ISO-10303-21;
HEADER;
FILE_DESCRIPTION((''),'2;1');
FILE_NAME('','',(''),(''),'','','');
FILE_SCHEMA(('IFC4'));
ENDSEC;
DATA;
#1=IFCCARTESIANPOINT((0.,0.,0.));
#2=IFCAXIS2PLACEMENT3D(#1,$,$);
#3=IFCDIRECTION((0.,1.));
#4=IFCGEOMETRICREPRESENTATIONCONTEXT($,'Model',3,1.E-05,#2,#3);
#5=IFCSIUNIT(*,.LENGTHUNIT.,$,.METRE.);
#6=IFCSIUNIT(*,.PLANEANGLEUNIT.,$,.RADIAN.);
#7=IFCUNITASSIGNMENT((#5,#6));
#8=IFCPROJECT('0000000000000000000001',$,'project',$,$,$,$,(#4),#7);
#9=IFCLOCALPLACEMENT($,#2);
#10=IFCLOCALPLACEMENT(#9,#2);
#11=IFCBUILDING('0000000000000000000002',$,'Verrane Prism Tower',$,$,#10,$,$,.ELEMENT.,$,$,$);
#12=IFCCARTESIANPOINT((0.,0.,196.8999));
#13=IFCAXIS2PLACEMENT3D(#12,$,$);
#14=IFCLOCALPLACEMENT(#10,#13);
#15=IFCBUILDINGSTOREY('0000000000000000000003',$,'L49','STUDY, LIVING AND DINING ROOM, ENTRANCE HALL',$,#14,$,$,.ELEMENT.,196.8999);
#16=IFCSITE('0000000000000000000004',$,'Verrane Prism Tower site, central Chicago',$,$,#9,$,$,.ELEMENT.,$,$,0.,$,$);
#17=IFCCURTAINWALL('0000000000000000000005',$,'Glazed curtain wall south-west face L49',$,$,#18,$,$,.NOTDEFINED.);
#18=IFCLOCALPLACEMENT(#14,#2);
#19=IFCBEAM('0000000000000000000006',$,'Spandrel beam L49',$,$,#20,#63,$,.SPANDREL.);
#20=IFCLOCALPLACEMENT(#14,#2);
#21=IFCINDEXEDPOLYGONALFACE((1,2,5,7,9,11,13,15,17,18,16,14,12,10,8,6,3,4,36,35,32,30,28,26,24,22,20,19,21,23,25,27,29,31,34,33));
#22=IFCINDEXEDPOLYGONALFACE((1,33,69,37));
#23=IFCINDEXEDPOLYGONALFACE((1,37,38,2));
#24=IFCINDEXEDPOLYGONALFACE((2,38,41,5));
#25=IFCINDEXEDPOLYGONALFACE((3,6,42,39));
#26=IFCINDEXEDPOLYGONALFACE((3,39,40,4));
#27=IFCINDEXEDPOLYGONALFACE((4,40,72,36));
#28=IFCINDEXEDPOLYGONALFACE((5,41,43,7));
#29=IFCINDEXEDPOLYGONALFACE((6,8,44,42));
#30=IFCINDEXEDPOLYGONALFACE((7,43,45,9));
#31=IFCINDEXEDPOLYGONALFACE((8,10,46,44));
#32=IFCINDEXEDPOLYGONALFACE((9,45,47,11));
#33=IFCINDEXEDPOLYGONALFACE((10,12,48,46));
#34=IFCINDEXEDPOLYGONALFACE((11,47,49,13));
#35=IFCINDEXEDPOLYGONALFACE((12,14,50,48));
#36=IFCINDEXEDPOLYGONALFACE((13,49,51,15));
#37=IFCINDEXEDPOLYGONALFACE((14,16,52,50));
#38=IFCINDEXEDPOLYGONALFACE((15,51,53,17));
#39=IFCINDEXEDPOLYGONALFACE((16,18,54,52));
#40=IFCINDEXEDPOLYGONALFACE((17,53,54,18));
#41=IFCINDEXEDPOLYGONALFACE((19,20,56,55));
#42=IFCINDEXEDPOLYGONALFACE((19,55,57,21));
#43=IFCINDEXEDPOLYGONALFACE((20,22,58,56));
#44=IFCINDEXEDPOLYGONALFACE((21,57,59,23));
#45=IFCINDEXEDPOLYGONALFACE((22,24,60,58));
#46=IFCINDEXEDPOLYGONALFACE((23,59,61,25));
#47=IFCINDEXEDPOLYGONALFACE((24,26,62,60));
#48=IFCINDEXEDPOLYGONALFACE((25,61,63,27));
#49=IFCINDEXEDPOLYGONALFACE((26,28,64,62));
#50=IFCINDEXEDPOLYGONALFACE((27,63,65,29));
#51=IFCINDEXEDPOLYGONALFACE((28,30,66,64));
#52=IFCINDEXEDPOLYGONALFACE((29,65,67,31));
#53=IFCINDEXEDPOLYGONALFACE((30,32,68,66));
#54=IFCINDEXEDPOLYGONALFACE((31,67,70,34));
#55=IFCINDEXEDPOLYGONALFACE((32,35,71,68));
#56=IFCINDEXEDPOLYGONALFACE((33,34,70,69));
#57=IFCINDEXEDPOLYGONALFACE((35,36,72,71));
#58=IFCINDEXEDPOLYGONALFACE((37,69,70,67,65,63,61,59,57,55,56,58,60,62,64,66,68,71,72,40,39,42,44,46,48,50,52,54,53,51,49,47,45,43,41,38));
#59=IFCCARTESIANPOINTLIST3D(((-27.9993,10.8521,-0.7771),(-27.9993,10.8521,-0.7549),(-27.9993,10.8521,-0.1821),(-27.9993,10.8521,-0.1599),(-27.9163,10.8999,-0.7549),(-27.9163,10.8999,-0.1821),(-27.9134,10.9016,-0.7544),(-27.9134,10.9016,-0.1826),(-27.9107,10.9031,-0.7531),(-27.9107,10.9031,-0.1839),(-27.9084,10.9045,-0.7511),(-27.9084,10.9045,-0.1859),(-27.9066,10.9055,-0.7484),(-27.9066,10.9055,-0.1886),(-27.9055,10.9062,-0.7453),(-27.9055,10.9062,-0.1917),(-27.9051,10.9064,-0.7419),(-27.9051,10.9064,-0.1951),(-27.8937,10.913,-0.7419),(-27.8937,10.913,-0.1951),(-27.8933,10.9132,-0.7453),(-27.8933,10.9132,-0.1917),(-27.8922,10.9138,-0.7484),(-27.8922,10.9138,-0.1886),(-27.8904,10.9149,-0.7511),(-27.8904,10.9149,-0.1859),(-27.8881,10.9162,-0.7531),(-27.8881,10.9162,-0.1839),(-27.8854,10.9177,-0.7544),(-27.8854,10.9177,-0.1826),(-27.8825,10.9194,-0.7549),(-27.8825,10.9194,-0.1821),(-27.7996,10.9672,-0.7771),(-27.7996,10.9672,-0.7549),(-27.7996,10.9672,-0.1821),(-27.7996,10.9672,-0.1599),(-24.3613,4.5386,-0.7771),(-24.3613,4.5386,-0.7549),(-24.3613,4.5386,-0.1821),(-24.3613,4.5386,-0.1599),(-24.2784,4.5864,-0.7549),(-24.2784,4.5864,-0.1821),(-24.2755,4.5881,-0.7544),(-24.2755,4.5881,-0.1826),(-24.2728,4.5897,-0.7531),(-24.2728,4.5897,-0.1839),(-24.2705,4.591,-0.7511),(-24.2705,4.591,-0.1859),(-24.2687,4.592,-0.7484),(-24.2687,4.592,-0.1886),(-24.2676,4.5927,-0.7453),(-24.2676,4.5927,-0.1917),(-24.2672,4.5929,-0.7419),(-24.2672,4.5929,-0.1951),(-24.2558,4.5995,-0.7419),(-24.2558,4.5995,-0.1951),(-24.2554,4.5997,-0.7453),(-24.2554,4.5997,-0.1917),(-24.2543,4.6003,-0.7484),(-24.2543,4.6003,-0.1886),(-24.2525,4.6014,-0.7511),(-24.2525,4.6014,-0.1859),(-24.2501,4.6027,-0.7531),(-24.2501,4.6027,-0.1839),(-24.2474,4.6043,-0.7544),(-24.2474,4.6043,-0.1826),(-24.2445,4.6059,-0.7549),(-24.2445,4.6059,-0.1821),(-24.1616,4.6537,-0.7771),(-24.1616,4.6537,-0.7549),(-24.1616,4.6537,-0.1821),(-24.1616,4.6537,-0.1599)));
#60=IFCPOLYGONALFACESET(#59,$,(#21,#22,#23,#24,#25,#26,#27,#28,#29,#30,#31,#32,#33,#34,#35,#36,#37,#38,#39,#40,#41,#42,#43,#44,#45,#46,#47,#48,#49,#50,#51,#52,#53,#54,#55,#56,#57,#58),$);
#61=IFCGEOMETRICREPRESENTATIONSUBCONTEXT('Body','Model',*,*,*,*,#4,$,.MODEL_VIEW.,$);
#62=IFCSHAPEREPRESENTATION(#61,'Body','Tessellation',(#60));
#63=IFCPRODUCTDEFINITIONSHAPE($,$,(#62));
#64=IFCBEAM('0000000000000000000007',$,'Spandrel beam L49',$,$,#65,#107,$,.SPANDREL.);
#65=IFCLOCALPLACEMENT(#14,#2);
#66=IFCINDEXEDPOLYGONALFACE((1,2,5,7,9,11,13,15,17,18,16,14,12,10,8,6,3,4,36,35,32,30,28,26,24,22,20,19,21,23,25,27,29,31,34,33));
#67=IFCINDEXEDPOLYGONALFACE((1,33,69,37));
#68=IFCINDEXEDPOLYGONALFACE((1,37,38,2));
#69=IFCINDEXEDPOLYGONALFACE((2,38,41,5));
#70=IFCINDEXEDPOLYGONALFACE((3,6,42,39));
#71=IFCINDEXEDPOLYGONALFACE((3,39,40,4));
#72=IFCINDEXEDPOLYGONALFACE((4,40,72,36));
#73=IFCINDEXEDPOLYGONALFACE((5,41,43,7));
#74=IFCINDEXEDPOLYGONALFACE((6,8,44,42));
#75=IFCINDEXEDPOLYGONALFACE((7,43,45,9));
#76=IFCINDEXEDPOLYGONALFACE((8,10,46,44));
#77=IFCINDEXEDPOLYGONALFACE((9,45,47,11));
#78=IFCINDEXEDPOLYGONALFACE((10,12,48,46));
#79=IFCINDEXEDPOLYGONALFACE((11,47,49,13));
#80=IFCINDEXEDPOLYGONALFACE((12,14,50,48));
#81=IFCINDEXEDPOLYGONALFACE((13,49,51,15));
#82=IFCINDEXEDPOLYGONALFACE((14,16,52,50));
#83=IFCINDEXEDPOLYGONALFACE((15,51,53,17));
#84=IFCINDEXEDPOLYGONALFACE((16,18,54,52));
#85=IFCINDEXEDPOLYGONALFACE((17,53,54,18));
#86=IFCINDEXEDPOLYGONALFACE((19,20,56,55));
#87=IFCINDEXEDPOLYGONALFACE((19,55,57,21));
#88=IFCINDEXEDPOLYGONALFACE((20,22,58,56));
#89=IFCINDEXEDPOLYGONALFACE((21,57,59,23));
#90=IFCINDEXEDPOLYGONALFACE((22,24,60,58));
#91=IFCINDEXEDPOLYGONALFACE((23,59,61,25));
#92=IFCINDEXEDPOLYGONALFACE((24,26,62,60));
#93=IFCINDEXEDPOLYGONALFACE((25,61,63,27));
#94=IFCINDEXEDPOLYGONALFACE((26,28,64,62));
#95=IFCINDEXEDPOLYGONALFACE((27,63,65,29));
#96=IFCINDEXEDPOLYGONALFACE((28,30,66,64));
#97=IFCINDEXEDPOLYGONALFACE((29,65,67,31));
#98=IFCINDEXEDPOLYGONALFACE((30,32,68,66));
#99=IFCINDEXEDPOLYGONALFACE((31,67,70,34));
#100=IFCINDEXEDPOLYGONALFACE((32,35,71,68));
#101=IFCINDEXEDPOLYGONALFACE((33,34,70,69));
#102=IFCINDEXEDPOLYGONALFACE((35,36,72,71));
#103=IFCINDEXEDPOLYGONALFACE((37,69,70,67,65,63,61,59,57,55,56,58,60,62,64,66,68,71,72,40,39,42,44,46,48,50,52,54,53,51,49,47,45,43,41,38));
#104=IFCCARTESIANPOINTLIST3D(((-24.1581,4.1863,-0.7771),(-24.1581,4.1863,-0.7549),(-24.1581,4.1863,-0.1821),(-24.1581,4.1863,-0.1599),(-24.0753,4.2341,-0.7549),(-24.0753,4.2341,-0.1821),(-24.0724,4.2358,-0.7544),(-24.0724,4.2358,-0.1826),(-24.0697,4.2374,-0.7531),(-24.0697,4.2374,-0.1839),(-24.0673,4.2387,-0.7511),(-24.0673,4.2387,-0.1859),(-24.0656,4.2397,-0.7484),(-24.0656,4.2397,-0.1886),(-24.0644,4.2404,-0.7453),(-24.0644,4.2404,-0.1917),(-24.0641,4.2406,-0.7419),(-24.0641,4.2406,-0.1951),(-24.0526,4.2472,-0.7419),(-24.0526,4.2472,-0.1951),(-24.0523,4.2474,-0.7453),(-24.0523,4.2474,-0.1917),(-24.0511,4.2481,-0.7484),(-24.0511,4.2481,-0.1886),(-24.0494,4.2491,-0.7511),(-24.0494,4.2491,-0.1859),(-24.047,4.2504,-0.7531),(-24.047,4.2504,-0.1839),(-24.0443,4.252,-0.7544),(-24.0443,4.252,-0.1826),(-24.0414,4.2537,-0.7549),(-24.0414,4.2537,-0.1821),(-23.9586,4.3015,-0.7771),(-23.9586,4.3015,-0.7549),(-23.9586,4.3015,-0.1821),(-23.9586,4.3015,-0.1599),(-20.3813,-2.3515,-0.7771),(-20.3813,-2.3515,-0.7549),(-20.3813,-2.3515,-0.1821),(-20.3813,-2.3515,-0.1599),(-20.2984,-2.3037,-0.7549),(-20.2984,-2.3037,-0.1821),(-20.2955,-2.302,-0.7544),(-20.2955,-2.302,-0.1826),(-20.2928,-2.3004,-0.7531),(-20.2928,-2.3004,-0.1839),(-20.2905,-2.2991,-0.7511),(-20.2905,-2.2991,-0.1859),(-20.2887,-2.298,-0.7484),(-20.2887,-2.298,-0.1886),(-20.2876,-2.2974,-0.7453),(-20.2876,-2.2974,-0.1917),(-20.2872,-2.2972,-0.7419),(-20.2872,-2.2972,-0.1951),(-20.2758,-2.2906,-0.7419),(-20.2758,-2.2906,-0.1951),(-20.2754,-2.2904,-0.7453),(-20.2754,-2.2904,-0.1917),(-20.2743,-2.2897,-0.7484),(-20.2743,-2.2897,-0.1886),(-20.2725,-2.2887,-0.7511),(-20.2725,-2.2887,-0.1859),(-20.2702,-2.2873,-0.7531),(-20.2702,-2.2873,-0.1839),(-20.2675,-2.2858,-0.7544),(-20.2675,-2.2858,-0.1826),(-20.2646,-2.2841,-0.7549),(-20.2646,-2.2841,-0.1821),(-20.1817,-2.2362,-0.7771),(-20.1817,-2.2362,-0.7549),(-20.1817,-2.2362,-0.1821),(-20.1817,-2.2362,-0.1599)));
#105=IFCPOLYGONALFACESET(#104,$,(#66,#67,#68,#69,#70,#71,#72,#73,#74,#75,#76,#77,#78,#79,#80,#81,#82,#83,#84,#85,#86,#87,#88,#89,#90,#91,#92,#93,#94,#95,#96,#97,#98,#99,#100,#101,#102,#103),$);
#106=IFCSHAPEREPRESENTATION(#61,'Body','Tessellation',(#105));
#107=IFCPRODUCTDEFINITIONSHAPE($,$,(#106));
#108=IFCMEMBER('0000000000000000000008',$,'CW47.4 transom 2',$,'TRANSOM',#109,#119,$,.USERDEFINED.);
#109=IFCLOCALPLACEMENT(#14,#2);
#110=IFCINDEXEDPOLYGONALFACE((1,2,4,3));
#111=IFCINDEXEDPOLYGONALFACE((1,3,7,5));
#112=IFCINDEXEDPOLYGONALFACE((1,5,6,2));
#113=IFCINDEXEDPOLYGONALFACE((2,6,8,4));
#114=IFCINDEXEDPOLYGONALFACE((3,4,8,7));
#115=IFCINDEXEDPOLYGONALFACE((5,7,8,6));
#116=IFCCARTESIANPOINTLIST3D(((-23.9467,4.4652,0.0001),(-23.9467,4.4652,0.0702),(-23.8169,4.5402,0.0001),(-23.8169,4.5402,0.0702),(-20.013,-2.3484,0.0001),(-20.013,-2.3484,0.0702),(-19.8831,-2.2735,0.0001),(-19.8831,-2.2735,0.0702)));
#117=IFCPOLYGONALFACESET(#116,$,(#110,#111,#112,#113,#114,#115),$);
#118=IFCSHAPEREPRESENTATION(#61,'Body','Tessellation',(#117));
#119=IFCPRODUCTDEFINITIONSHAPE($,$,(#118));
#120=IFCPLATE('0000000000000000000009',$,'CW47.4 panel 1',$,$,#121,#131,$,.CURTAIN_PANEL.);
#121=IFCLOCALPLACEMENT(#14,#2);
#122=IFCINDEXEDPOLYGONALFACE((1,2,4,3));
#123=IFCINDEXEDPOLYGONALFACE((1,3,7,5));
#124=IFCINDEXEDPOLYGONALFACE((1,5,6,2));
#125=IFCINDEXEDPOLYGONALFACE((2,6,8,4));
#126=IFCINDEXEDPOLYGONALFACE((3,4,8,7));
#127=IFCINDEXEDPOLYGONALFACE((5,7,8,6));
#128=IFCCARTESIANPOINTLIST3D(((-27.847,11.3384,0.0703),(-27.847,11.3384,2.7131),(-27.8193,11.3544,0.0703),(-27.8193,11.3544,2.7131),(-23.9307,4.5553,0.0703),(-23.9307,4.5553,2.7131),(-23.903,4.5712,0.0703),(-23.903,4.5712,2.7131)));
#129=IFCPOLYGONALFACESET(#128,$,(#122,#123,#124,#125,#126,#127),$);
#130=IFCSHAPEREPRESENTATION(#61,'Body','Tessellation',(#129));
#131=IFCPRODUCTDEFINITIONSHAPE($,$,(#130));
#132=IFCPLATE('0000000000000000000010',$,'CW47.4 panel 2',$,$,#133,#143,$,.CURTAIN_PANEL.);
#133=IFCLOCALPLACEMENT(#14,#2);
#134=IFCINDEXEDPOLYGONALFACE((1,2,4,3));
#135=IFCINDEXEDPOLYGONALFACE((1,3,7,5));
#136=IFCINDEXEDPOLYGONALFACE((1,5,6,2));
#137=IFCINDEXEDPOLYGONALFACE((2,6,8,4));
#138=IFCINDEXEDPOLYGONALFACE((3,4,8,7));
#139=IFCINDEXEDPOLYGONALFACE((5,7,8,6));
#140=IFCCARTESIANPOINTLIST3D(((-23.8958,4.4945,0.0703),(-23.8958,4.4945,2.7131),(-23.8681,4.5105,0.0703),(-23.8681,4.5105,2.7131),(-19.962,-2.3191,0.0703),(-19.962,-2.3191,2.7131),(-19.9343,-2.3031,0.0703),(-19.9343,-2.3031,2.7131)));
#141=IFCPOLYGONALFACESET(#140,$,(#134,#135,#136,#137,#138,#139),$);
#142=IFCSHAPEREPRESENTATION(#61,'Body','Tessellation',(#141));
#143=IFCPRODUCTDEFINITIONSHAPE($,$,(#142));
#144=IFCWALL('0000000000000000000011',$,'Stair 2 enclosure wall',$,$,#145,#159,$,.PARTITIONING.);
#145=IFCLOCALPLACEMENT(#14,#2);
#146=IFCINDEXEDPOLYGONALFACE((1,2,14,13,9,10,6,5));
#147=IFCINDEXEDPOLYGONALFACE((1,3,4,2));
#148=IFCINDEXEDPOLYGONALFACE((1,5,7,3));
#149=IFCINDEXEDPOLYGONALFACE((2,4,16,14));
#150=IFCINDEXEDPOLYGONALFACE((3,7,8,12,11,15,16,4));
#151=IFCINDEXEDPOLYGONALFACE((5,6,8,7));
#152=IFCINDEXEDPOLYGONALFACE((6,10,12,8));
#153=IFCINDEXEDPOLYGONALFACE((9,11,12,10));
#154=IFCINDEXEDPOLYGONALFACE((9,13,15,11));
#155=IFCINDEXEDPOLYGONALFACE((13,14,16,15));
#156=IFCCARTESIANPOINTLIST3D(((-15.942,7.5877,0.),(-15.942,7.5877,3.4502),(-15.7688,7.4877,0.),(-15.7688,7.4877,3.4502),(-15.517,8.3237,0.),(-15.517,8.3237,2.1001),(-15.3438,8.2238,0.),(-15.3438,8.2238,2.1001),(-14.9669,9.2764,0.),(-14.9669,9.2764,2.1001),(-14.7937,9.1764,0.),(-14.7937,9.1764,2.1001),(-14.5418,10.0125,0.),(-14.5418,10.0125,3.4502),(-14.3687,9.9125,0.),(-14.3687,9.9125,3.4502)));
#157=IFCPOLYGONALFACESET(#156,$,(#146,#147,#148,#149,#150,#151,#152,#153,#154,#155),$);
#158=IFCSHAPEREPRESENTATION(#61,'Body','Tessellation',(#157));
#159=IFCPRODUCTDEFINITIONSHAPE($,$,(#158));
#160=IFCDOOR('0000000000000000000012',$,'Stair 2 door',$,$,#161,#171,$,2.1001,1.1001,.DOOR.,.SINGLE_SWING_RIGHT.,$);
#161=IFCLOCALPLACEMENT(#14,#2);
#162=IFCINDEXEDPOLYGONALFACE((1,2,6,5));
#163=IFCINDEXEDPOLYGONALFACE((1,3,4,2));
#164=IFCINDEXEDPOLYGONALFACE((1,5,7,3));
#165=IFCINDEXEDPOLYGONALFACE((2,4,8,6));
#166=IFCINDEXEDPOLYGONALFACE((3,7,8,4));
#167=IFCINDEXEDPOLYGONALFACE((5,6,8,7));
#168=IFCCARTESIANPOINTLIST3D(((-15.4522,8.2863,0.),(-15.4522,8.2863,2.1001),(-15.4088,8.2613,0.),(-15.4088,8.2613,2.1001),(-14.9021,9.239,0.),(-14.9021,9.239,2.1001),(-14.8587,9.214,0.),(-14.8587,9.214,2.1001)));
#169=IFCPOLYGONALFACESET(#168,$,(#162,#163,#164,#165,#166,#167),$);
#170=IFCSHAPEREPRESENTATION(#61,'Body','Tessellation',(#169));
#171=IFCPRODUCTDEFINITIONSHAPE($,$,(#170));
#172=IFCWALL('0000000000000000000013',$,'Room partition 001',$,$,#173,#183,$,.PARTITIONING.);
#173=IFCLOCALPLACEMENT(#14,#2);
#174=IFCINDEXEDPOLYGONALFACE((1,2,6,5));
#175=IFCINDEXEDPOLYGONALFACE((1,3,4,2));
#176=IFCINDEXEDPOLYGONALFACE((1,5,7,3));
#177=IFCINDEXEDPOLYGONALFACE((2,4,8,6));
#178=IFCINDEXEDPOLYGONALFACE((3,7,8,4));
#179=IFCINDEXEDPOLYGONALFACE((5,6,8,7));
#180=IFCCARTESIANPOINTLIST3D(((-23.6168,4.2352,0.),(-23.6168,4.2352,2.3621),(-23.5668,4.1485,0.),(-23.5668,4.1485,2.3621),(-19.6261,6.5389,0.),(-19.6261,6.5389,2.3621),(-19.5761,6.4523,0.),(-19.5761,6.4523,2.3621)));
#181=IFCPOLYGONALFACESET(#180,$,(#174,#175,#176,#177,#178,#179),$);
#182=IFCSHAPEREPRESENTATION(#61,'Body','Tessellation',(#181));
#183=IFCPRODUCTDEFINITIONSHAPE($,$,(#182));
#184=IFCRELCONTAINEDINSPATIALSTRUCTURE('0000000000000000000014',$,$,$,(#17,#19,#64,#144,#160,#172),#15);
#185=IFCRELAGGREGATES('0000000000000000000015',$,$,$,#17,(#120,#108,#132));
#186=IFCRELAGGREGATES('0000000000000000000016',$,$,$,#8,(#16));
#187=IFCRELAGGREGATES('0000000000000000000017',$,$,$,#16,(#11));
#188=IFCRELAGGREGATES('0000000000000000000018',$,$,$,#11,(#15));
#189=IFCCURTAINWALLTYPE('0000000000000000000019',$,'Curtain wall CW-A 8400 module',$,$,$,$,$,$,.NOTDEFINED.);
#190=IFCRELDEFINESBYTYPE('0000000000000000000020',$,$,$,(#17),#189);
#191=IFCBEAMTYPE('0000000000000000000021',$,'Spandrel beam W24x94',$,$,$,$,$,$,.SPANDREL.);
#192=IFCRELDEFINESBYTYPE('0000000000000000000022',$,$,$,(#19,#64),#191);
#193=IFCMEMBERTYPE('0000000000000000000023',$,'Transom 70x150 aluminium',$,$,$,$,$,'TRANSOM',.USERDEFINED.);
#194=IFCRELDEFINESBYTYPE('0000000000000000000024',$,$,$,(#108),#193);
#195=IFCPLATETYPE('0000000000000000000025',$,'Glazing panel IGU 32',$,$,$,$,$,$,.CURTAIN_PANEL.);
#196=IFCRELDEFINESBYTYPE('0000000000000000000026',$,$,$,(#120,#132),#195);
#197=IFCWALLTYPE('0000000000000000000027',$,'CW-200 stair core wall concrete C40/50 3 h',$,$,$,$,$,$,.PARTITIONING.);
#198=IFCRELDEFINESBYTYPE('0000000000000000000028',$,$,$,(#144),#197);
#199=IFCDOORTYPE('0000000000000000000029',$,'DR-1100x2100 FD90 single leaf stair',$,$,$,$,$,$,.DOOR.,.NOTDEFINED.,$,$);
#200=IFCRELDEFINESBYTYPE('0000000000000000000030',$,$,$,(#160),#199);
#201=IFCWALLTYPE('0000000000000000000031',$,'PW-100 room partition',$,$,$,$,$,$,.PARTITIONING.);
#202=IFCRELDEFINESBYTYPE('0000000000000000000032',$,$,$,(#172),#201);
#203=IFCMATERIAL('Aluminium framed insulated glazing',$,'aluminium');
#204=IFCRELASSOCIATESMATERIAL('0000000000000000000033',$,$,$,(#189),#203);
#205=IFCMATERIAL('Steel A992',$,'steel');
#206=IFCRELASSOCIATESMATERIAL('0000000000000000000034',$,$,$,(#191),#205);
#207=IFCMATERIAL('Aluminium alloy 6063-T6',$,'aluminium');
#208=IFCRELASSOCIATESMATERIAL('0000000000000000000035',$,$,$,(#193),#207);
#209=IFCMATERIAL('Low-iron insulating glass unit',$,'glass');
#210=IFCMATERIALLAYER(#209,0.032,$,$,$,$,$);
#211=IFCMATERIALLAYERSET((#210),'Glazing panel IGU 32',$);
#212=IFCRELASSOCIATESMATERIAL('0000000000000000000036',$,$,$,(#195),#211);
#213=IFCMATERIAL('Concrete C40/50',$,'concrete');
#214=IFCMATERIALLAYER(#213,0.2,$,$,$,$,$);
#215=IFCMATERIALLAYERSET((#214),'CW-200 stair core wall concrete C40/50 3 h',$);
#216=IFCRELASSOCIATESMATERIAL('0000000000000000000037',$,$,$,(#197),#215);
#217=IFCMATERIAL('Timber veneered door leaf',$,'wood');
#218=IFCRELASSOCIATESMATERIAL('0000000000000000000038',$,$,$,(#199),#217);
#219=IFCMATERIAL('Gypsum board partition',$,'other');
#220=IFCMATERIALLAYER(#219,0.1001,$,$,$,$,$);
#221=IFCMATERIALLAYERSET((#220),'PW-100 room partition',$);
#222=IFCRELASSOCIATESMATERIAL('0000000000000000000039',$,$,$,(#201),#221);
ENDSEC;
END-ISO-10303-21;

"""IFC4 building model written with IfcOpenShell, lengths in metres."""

from ifc_helpers import new_model, si_unit, direction, frame, frame_2d, origin, origin_2d, place, context, subcontext, project, spatial, rectangle, i_section, extrude, material, layer, layer_set, material_profile, profile_set, type_object, element, fill, aggregate, save


model = new_model("IFC4")

# Units and contexts
model_context = context("Model", 3, precision=1e-05, world=origin(), true_north=direction((0.0, 1.0)))
body_context = subcontext(model_context, "Body", "Model", "MODEL_VIEW")
ifc_project = project(units=[si_unit("LENGTHUNIT", "METRE"), si_unit("PLANEANGLEUNIT", "RADIAN")], contexts=[model_context])

# Site, building, storey
site_placement = place(None, origin())
site = spatial("IfcSite", under=ifc_project, at=site_placement, Name="Verrane Prism Tower site, central Chicago", CompositionType="ELEMENT", RefElevation=0.0)
building_placement = place(site_placement, origin())
building = spatial("IfcBuilding", under=site, at=building_placement, Name="Verrane Prism Tower", CompositionType="ELEMENT")
storey_placement = place(building_placement, frame((0.0, 0.0, 196.8999)))
storey = spatial("IfcBuildingStorey", under=building, at=storey_placement, Name="L49", Description="STUDY, LIVING AND DINING ROOM, ENTRANCE HALL", CompositionType="ELEMENT", Elevation=196.8999)

# Curtain wall
ifc_material_1 = material(Name="Aluminium framed insulated glazing", Category="aluminium")
curtain_wall_type = type_object("IfcCurtainWallType", Name="Curtain wall CW-A 8400 module", PredefinedType="NOTDEFINED", material=ifc_material_1)
curtain_wall_placement = place(storey_placement, origin())
curtain_wall = element("IfcCurtainWall", 1, at=curtain_wall_placement, inside=storey, type_object=curtain_wall_type, Name="Glazed curtain wall south-west face L49", PredefinedType="NOTDEFINED")

# Beams
ifc_material_2 = material(Name="Steel A992", Category="steel")
ifc_material_profile_1 = material_profile(ifc_material_2, i_section(OverallWidth=0.2305, OverallDepth=0.6172, WebThickness=0.0132, FlangeThickness=0.0222, FilletRadius=0.0129, at=origin_2d()), Name="W24x94")
ifc_profile_set_1 = profile_set([ifc_material_profile_1], Name="Steel A992")
beam_type_1 = type_object("IfcBeamType", Name="Spandrel beam W24x94", PredefinedType="SPANDREL", material=ifc_profile_set_1)
beam_1_placement = place(storey_placement, frame((-27.8994, 10.9097, -0.4685), z_axis=(0.499264, -0.86645, 0.0), x_axis=(0.86645, 0.499264, 0.0)))
element("IfcBeam", 2, at=beam_1_placement, inside=storey, type_object=beam_type_1, Name="Spandrel beam L49", PredefinedType="SPANDREL", context=body_context, shape_type="SweptSolid", body=[
    extrude(i_section(OverallWidth=0.2305, OverallDepth=0.6172, WebThickness=0.0132, FlangeThickness=0.0222, FilletRadius=0.0129, at=origin_2d()), origin(), (0.0, 0.0, 1.0), 7.2866),
])
beam_2_placement = place(storey_placement, frame((-24.0583, 4.2439, -0.4685), z_axis=(0.500222, -0.865897, 0.0), x_axis=(0.865897, 0.500222, 0.0)))
element("IfcBeam", 3, at=beam_2_placement, inside=storey, type_object=beam_type_1, Name="Spandrel beam L49", PredefinedType="SPANDREL", context=body_context, shape_type="SweptSolid", body=[
    extrude(i_section(OverallWidth=0.2305, OverallDepth=0.6172, WebThickness=0.0132, FlangeThickness=0.0222, FilletRadius=0.0129, at=origin_2d()), origin(), (0.0, 0.0, 1.0), 7.5503),
])

# Member
ifc_material_3 = material(Name="Aluminium alloy 6063-T6", Category="aluminium")
ifc_material_profile_2 = material_profile(ifc_material_3, rectangle(XDim=0.1499, YDim=0.0701, at=origin_2d()), Name="Transom 70x150 aluminium")
ifc_profile_set_2 = profile_set([ifc_material_profile_2], Name="Aluminium alloy 6063-T6")
member_type_1 = type_object("IfcMemberType", Name="Transom 70x150 aluminium", ElementType="TRANSOM", PredefinedType="USERDEFINED", material=ifc_profile_set_2)
member_1_placement = place(storey_placement, frame((-23.8818, 4.5027, 0.0352), z_axis=(0.499994, -0.866029, 0.0), x_axis=(0.866029, 0.499994, 0.0)))
member_1 = element("IfcMember", 4, at=member_1_placement, type_object=member_type_1, Name="CW47.4 transom 2", ObjectType="TRANSOM", PredefinedType="USERDEFINED", context=body_context, shape_type="SweptSolid", body=[
    extrude(rectangle(XDim=0.1499, YDim=0.0701, at=origin_2d()), origin(), (0.0, 0.0, 1.0), 7.8677),
])

# Plates
ifc_material_4 = material(Name="Low-iron insulating glass unit", Category="glass")
ifc_layer_1 = layer(ifc_material_4, 0.032)
ifc_layer_set_1 = layer_set([ifc_layer_1], Name="Glazing panel IGU 32")
plate_type = type_object("IfcPlateType", Name="Glazing panel IGU 32", PredefinedType="CURTAIN_PANEL", material=ifc_layer_set_1)
plate_1_placement = place(storey_placement, frame((-25.875, 7.9548, 0.0703), z_axis=(0.0, 0.0, 1.0), x_axis=(0.5, -0.866026, 0.0)))
plate_1 = element("IfcPlate", 5, at=plate_1_placement, type_object=plate_type, Name="CW47.4 panel 1", PredefinedType="CURTAIN_PANEL", context=body_context, shape_type="SweptSolid", body=[
    extrude(rectangle(XDim=7.8325, YDim=0.032, at=origin_2d()), origin(), (0.0, 0.0, 1.0), 2.6428),
])
plate_2_placement = place(storey_placement, frame((-21.915, 1.0957, 0.0703), z_axis=(0.0, 0.0, 1.0), x_axis=(0.5, -0.866026, 0.0)))
plate_2 = element("IfcPlate", 6, at=plate_2_placement, type_object=plate_type, Name="CW47.4 panel 2", PredefinedType="CURTAIN_PANEL", context=body_context, shape_type="SweptSolid", body=[
    extrude(rectangle(XDim=7.8677, YDim=0.032, at=origin_2d()), origin(), (0.0, 0.0, 1.0), 2.6428),
])
aggregate(curtain_wall, [plate_1, member_1, plate_2])

# Wall, opening, door
ifc_material_5 = material(Name="Concrete C40/50", Category="concrete")
ifc_layer_2 = layer(ifc_material_5, 0.2)
ifc_layer_set_2 = layer_set([ifc_layer_2], Name="CW-200 stair core wall concrete C40/50 3 h")
wall_type_1 = type_object("IfcWallType", Name="CW-200 stair core wall concrete C40/50 3 h", PredefinedType="PARTITIONING", material=ifc_layer_set_2)
wall_1_placement = place(storey_placement, frame((-14.4553, 9.9624, 0.0), z_axis=(0.0, 0.0, 1.0), x_axis=(-0.50005, -0.865997, 0.0)))
wall_1 = element("IfcWall", 7, at=wall_1_placement, inside=storey, type_object=wall_type_1, Name="Stair 2 enclosure wall", PredefinedType="PARTITIONING", context=body_context, shape_type="SweptSolid", body=[
    extrude(rectangle(XDim=2.8, YDim=0.2, at=frame_2d((1.3999, 0.0))), origin(), (0.0, 0.0, 1.0), 3.4502),
])
opening_1_placement = place(wall_1_placement, frame((0.8499, 0.0, 0.0)))
opening_1 = element("IfcOpeningElement", 8, at=opening_1_placement, cuts=wall_1, PredefinedType="OPENING", context=body_context, shape_type="SweptSolid", body=[
    extrude(rectangle(XDim=1.1001, YDim=2.1001, at=frame_2d((0.55, 1.05))), frame((0.0, 0.1099, 0.0), z_axis=(0.0, -1.0, 0.0), x_axis=(1.0, 0.0, 0.0)), (0.0, 0.0, 1.0), 0.22),
])
ifc_material_6 = material(Name="Timber veneered door leaf", Category="wood")
door_type_1 = type_object("IfcDoorType", Name="DR-1100x2100 FD90 single leaf stair", OperationType="NOTDEFINED", PredefinedType="DOOR", material=ifc_material_6)
door_1_placement = place(opening_1_placement, origin())
door_1 = element("IfcDoor", 9, at=door_1_placement, inside=storey, type_object=door_type_1, Name="Stair 2 door", OperationType="SINGLE_SWING_RIGHT", OverallHeight=2.1001, OverallWidth=1.1001, PredefinedType="DOOR", context=body_context, shape_type="SweptSolid", body=[
    extrude(rectangle(XDim=1.1001, YDim=2.1001, at=frame_2d((0.55, 1.05))), frame((0.0, 0.0249, 0.0), z_axis=(0.0, -1.0, 0.0), x_axis=(1.0, 0.0, 0.0)), (0.0, 0.0, 1.0), 0.05),
])
fill(opening_1, door_1)

# Wall
ifc_material_7 = material(Name="Gypsum board partition", Category="other")
ifc_layer_3 = layer(ifc_material_7, 0.1001)
ifc_layer_set_3 = layer_set([ifc_layer_3], Name="PW-100 room partition")
wall_type_2 = type_object("IfcWallType", Name="PW-100 room partition", PredefinedType="PARTITIONING", material=ifc_layer_set_3)
wall_2_placement = place(storey_placement, frame((-23.5918, 4.1919, 0.0), z_axis=(0.0, 0.0, 1.0), x_axis=(0.866057, 0.499946, 0.0)))
element("IfcWall", 10, at=wall_2_placement, inside=storey, type_object=wall_type_2, Name="Room partition 001", PredefinedType="PARTITIONING", context=body_context, shape_type="SweptSolid", body=[
    extrude(rectangle(XDim=4.6079, YDim=0.1001, at=frame_2d((2.304, 0.0))), origin(), (0.0, 0.0, 1.0), 2.3621),
])

save(model, "model.ifc")
